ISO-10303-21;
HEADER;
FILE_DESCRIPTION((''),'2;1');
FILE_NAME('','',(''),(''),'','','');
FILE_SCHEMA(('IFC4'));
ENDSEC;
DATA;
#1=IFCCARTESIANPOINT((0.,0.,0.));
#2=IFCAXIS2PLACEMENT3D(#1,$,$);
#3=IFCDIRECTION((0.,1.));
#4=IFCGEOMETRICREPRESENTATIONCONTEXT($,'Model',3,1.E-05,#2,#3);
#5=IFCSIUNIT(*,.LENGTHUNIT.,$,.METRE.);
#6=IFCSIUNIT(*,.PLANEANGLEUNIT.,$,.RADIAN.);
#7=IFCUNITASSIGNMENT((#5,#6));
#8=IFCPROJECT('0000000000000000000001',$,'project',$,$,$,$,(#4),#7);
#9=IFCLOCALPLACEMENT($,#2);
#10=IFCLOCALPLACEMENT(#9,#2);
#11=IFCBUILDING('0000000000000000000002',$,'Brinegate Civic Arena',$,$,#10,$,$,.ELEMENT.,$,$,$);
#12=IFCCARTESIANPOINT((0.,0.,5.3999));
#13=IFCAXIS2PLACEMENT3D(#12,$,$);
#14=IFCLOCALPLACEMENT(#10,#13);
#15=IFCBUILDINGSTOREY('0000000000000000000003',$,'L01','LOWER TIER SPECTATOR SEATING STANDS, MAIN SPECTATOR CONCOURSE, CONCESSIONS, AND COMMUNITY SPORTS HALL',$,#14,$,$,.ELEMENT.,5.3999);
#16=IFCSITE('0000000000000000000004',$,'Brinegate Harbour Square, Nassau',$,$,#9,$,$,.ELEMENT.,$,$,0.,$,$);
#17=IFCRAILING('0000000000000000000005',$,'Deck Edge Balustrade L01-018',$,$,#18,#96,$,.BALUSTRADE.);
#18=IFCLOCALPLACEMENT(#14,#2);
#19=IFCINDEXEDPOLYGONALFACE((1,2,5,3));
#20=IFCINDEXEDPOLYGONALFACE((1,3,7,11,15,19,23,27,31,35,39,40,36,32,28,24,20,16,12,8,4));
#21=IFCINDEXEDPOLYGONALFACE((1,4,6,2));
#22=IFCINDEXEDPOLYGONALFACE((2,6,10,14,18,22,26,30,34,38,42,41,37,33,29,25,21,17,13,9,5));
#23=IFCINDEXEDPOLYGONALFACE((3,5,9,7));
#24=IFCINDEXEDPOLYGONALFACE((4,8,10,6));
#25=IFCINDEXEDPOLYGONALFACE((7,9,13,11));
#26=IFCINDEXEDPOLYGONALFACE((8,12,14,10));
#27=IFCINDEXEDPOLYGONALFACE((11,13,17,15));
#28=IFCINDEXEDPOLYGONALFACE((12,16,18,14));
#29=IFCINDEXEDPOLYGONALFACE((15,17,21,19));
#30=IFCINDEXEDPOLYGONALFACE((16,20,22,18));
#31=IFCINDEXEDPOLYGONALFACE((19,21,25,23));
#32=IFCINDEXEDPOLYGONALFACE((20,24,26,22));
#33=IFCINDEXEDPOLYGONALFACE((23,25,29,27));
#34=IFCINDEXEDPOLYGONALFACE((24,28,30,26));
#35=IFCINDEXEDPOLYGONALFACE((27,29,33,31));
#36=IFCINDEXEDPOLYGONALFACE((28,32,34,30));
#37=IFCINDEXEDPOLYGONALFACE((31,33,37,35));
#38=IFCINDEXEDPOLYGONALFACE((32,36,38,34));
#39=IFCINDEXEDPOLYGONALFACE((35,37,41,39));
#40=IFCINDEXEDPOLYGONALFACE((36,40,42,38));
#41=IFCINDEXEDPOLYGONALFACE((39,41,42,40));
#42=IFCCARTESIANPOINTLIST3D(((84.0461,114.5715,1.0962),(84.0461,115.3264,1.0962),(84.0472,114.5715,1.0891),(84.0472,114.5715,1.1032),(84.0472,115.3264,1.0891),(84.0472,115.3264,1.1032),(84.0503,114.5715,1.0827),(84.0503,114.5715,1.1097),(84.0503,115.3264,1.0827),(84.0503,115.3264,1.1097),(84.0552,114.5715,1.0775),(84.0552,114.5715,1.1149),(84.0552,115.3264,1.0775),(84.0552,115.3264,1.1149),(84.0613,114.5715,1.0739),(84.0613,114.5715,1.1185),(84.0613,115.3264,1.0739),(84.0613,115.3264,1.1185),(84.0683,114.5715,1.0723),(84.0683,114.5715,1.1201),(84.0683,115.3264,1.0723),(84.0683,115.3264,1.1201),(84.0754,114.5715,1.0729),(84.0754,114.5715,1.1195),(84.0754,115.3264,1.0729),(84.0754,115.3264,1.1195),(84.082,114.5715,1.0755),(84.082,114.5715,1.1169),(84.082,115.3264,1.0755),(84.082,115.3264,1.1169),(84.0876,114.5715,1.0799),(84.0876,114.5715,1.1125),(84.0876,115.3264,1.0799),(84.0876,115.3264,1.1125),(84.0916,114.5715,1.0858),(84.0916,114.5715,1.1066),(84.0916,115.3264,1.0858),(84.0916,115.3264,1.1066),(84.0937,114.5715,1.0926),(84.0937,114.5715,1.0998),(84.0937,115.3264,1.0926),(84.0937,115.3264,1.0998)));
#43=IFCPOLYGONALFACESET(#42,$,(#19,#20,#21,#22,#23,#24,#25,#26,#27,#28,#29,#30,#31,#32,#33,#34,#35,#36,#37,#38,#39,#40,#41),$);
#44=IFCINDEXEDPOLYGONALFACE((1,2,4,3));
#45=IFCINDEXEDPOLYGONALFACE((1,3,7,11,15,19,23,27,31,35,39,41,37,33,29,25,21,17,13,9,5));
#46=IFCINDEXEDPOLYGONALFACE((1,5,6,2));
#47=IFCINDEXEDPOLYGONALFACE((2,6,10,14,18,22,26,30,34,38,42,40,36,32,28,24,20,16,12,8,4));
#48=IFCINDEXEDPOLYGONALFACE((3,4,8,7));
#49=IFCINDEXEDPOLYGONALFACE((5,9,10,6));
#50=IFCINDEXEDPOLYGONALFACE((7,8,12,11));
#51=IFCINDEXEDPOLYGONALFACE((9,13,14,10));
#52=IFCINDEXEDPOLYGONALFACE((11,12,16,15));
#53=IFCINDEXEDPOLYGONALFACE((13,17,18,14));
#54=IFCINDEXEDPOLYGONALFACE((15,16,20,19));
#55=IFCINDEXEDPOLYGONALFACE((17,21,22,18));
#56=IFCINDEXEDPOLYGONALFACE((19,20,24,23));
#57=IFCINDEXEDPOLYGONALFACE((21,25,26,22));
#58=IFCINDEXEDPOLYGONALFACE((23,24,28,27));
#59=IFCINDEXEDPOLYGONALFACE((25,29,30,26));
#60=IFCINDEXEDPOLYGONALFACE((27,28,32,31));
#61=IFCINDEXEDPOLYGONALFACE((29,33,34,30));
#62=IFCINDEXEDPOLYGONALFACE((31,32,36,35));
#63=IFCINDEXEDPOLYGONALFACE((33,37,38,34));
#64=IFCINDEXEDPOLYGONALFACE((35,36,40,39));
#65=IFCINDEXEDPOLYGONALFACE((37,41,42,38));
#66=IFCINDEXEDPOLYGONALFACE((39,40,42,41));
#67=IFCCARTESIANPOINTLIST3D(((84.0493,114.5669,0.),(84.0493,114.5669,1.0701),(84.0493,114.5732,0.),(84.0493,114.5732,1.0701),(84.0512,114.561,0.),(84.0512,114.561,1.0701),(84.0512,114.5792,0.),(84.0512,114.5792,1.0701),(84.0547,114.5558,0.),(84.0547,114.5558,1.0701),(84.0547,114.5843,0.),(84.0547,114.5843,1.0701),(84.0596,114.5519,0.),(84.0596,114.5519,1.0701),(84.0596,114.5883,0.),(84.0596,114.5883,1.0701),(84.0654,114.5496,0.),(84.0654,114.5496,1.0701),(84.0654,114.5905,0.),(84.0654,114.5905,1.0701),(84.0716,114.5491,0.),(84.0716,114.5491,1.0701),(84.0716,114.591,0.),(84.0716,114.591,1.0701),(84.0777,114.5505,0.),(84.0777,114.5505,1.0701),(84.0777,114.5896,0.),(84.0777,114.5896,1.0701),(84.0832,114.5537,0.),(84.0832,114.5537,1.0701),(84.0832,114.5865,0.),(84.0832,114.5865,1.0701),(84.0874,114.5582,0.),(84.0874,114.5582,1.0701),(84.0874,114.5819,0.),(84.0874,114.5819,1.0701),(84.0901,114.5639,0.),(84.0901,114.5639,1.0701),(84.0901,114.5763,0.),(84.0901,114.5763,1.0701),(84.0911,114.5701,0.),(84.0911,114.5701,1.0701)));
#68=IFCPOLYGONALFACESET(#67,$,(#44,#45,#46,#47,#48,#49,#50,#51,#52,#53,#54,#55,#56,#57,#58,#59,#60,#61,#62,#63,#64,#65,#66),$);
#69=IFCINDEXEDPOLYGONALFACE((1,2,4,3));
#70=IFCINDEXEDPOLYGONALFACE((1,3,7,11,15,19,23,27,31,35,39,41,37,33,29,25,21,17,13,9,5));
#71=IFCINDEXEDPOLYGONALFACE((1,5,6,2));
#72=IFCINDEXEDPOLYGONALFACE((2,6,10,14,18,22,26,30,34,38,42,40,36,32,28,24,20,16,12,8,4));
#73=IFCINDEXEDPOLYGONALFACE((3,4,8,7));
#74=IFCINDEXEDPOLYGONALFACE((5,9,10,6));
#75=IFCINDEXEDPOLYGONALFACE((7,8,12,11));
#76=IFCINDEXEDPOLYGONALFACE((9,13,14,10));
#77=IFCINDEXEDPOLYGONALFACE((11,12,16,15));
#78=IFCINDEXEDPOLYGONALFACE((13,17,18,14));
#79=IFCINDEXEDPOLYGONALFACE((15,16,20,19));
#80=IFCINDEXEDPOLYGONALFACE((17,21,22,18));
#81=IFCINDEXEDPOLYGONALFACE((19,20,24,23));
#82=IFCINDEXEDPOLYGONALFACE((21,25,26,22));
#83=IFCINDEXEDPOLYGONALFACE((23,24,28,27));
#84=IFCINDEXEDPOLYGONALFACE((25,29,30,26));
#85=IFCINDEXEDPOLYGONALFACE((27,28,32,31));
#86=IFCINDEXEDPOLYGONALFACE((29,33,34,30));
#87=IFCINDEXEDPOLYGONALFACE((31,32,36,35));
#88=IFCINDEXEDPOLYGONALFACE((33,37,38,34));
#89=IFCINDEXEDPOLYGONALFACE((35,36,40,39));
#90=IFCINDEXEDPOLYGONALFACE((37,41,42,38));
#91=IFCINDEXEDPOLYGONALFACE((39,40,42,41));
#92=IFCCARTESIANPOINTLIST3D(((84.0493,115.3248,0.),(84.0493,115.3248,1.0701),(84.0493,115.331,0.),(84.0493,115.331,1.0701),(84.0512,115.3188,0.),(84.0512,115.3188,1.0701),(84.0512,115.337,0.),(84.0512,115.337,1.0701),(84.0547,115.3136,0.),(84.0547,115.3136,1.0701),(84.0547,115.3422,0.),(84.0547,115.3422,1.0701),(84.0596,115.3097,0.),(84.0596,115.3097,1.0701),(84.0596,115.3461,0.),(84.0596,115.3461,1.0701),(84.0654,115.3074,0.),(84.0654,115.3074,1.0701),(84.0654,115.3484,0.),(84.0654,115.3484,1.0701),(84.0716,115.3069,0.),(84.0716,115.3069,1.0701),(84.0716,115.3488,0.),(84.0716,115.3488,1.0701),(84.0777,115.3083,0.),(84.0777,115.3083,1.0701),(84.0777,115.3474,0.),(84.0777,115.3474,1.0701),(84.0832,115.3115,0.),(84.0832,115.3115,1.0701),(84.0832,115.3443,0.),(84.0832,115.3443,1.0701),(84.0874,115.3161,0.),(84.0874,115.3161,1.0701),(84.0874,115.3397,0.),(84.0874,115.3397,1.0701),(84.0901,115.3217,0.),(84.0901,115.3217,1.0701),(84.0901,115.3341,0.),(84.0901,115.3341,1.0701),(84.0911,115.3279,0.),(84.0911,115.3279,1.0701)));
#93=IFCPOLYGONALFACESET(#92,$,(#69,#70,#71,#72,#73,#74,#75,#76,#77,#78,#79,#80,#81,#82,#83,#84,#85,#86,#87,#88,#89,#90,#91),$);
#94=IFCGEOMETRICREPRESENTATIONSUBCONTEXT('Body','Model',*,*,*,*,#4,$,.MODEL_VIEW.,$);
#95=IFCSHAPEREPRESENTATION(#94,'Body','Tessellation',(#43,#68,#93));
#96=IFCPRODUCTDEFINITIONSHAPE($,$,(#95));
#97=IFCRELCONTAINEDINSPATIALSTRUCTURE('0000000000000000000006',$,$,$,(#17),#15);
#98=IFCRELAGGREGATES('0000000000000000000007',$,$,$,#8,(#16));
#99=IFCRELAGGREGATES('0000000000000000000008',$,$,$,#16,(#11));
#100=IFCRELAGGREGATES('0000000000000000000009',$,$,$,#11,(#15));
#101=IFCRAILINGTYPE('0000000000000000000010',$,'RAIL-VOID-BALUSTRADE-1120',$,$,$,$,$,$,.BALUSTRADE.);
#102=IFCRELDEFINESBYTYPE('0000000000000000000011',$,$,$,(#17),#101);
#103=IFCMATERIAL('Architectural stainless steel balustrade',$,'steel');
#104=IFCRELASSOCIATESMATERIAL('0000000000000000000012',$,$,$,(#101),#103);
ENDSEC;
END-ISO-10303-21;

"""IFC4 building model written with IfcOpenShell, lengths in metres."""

from ifc_helpers import new_model, si_unit, direction, frame, origin, origin_2d, place, context, subcontext, project, spatial, circle, extrude, material, type_object, element, save


model = new_model("IFC4")

# Units and contexts
model_context = context("Model", 3, precision=1e-05, world=origin(), true_north=direction((0.0, 1.0)))
body_context = subcontext(model_context, "Body", "Model", "MODEL_VIEW")
ifc_project = project(units=[si_unit("LENGTHUNIT", "METRE"), si_unit("PLANEANGLEUNIT", "RADIAN")], contexts=[model_context])

# Site, building, storey
site_placement = place(None, origin())
site = spatial("IfcSite", under=ifc_project, at=site_placement, Name="Brinegate Harbour Square, Nassau", CompositionType="ELEMENT", RefElevation=0.0)
building_placement = place(site_placement, origin())
building = spatial("IfcBuilding", under=site, at=building_placement, Name="Brinegate Civic Arena", CompositionType="ELEMENT")
storey_placement = place(building_placement, frame((0.0, 0.0, 5.3999)))
storey = spatial("IfcBuildingStorey", under=building, at=storey_placement, Name="L01", Description="LOWER TIER SPECTATOR SEATING STANDS, MAIN SPECTATOR CONCOURSE, CONCESSIONS, AND COMMUNITY SPORTS HALL", CompositionType="ELEMENT", Elevation=5.3999)

# Railing
ifc_material_1 = material(Name="Architectural stainless steel balustrade", Category="steel")
railing_type = type_object("IfcRailingType", Name="RAIL-VOID-BALUSTRADE-1120", PredefinedType="BALUSTRADE", material=ifc_material_1)
railing_placement = place(storey_placement, frame((84.0701, 114.5701, 0.0)))
element("IfcRailing", 1, at=railing_placement, inside=storey, type_object=railing_type, Name="Deck Edge Balustrade L01-018", PredefinedType="BALUSTRADE", context=body_context, shape_type="SweptSolid", body=[
    extrude(circle(Radius=0.0239, at=origin_2d()), frame((0.0, 0.0015, 1.0962), z_axis=(0.0, 1.0, 0.0), x_axis=(-1.0, 0.0, 0.0)), (0.0, 0.0, 1.0), 0.7549),
    extrude(circle(Radius=0.021, at=origin_2d()), origin(), (0.0, 0.0, 1.0), 1.0701),
    extrude(circle(Radius=0.021, at=origin_2d()), frame((0.0, 0.7578, 0.0)), (0.0, 0.0, 1.0), 1.0701),
])

save(model, "model.ifc")
